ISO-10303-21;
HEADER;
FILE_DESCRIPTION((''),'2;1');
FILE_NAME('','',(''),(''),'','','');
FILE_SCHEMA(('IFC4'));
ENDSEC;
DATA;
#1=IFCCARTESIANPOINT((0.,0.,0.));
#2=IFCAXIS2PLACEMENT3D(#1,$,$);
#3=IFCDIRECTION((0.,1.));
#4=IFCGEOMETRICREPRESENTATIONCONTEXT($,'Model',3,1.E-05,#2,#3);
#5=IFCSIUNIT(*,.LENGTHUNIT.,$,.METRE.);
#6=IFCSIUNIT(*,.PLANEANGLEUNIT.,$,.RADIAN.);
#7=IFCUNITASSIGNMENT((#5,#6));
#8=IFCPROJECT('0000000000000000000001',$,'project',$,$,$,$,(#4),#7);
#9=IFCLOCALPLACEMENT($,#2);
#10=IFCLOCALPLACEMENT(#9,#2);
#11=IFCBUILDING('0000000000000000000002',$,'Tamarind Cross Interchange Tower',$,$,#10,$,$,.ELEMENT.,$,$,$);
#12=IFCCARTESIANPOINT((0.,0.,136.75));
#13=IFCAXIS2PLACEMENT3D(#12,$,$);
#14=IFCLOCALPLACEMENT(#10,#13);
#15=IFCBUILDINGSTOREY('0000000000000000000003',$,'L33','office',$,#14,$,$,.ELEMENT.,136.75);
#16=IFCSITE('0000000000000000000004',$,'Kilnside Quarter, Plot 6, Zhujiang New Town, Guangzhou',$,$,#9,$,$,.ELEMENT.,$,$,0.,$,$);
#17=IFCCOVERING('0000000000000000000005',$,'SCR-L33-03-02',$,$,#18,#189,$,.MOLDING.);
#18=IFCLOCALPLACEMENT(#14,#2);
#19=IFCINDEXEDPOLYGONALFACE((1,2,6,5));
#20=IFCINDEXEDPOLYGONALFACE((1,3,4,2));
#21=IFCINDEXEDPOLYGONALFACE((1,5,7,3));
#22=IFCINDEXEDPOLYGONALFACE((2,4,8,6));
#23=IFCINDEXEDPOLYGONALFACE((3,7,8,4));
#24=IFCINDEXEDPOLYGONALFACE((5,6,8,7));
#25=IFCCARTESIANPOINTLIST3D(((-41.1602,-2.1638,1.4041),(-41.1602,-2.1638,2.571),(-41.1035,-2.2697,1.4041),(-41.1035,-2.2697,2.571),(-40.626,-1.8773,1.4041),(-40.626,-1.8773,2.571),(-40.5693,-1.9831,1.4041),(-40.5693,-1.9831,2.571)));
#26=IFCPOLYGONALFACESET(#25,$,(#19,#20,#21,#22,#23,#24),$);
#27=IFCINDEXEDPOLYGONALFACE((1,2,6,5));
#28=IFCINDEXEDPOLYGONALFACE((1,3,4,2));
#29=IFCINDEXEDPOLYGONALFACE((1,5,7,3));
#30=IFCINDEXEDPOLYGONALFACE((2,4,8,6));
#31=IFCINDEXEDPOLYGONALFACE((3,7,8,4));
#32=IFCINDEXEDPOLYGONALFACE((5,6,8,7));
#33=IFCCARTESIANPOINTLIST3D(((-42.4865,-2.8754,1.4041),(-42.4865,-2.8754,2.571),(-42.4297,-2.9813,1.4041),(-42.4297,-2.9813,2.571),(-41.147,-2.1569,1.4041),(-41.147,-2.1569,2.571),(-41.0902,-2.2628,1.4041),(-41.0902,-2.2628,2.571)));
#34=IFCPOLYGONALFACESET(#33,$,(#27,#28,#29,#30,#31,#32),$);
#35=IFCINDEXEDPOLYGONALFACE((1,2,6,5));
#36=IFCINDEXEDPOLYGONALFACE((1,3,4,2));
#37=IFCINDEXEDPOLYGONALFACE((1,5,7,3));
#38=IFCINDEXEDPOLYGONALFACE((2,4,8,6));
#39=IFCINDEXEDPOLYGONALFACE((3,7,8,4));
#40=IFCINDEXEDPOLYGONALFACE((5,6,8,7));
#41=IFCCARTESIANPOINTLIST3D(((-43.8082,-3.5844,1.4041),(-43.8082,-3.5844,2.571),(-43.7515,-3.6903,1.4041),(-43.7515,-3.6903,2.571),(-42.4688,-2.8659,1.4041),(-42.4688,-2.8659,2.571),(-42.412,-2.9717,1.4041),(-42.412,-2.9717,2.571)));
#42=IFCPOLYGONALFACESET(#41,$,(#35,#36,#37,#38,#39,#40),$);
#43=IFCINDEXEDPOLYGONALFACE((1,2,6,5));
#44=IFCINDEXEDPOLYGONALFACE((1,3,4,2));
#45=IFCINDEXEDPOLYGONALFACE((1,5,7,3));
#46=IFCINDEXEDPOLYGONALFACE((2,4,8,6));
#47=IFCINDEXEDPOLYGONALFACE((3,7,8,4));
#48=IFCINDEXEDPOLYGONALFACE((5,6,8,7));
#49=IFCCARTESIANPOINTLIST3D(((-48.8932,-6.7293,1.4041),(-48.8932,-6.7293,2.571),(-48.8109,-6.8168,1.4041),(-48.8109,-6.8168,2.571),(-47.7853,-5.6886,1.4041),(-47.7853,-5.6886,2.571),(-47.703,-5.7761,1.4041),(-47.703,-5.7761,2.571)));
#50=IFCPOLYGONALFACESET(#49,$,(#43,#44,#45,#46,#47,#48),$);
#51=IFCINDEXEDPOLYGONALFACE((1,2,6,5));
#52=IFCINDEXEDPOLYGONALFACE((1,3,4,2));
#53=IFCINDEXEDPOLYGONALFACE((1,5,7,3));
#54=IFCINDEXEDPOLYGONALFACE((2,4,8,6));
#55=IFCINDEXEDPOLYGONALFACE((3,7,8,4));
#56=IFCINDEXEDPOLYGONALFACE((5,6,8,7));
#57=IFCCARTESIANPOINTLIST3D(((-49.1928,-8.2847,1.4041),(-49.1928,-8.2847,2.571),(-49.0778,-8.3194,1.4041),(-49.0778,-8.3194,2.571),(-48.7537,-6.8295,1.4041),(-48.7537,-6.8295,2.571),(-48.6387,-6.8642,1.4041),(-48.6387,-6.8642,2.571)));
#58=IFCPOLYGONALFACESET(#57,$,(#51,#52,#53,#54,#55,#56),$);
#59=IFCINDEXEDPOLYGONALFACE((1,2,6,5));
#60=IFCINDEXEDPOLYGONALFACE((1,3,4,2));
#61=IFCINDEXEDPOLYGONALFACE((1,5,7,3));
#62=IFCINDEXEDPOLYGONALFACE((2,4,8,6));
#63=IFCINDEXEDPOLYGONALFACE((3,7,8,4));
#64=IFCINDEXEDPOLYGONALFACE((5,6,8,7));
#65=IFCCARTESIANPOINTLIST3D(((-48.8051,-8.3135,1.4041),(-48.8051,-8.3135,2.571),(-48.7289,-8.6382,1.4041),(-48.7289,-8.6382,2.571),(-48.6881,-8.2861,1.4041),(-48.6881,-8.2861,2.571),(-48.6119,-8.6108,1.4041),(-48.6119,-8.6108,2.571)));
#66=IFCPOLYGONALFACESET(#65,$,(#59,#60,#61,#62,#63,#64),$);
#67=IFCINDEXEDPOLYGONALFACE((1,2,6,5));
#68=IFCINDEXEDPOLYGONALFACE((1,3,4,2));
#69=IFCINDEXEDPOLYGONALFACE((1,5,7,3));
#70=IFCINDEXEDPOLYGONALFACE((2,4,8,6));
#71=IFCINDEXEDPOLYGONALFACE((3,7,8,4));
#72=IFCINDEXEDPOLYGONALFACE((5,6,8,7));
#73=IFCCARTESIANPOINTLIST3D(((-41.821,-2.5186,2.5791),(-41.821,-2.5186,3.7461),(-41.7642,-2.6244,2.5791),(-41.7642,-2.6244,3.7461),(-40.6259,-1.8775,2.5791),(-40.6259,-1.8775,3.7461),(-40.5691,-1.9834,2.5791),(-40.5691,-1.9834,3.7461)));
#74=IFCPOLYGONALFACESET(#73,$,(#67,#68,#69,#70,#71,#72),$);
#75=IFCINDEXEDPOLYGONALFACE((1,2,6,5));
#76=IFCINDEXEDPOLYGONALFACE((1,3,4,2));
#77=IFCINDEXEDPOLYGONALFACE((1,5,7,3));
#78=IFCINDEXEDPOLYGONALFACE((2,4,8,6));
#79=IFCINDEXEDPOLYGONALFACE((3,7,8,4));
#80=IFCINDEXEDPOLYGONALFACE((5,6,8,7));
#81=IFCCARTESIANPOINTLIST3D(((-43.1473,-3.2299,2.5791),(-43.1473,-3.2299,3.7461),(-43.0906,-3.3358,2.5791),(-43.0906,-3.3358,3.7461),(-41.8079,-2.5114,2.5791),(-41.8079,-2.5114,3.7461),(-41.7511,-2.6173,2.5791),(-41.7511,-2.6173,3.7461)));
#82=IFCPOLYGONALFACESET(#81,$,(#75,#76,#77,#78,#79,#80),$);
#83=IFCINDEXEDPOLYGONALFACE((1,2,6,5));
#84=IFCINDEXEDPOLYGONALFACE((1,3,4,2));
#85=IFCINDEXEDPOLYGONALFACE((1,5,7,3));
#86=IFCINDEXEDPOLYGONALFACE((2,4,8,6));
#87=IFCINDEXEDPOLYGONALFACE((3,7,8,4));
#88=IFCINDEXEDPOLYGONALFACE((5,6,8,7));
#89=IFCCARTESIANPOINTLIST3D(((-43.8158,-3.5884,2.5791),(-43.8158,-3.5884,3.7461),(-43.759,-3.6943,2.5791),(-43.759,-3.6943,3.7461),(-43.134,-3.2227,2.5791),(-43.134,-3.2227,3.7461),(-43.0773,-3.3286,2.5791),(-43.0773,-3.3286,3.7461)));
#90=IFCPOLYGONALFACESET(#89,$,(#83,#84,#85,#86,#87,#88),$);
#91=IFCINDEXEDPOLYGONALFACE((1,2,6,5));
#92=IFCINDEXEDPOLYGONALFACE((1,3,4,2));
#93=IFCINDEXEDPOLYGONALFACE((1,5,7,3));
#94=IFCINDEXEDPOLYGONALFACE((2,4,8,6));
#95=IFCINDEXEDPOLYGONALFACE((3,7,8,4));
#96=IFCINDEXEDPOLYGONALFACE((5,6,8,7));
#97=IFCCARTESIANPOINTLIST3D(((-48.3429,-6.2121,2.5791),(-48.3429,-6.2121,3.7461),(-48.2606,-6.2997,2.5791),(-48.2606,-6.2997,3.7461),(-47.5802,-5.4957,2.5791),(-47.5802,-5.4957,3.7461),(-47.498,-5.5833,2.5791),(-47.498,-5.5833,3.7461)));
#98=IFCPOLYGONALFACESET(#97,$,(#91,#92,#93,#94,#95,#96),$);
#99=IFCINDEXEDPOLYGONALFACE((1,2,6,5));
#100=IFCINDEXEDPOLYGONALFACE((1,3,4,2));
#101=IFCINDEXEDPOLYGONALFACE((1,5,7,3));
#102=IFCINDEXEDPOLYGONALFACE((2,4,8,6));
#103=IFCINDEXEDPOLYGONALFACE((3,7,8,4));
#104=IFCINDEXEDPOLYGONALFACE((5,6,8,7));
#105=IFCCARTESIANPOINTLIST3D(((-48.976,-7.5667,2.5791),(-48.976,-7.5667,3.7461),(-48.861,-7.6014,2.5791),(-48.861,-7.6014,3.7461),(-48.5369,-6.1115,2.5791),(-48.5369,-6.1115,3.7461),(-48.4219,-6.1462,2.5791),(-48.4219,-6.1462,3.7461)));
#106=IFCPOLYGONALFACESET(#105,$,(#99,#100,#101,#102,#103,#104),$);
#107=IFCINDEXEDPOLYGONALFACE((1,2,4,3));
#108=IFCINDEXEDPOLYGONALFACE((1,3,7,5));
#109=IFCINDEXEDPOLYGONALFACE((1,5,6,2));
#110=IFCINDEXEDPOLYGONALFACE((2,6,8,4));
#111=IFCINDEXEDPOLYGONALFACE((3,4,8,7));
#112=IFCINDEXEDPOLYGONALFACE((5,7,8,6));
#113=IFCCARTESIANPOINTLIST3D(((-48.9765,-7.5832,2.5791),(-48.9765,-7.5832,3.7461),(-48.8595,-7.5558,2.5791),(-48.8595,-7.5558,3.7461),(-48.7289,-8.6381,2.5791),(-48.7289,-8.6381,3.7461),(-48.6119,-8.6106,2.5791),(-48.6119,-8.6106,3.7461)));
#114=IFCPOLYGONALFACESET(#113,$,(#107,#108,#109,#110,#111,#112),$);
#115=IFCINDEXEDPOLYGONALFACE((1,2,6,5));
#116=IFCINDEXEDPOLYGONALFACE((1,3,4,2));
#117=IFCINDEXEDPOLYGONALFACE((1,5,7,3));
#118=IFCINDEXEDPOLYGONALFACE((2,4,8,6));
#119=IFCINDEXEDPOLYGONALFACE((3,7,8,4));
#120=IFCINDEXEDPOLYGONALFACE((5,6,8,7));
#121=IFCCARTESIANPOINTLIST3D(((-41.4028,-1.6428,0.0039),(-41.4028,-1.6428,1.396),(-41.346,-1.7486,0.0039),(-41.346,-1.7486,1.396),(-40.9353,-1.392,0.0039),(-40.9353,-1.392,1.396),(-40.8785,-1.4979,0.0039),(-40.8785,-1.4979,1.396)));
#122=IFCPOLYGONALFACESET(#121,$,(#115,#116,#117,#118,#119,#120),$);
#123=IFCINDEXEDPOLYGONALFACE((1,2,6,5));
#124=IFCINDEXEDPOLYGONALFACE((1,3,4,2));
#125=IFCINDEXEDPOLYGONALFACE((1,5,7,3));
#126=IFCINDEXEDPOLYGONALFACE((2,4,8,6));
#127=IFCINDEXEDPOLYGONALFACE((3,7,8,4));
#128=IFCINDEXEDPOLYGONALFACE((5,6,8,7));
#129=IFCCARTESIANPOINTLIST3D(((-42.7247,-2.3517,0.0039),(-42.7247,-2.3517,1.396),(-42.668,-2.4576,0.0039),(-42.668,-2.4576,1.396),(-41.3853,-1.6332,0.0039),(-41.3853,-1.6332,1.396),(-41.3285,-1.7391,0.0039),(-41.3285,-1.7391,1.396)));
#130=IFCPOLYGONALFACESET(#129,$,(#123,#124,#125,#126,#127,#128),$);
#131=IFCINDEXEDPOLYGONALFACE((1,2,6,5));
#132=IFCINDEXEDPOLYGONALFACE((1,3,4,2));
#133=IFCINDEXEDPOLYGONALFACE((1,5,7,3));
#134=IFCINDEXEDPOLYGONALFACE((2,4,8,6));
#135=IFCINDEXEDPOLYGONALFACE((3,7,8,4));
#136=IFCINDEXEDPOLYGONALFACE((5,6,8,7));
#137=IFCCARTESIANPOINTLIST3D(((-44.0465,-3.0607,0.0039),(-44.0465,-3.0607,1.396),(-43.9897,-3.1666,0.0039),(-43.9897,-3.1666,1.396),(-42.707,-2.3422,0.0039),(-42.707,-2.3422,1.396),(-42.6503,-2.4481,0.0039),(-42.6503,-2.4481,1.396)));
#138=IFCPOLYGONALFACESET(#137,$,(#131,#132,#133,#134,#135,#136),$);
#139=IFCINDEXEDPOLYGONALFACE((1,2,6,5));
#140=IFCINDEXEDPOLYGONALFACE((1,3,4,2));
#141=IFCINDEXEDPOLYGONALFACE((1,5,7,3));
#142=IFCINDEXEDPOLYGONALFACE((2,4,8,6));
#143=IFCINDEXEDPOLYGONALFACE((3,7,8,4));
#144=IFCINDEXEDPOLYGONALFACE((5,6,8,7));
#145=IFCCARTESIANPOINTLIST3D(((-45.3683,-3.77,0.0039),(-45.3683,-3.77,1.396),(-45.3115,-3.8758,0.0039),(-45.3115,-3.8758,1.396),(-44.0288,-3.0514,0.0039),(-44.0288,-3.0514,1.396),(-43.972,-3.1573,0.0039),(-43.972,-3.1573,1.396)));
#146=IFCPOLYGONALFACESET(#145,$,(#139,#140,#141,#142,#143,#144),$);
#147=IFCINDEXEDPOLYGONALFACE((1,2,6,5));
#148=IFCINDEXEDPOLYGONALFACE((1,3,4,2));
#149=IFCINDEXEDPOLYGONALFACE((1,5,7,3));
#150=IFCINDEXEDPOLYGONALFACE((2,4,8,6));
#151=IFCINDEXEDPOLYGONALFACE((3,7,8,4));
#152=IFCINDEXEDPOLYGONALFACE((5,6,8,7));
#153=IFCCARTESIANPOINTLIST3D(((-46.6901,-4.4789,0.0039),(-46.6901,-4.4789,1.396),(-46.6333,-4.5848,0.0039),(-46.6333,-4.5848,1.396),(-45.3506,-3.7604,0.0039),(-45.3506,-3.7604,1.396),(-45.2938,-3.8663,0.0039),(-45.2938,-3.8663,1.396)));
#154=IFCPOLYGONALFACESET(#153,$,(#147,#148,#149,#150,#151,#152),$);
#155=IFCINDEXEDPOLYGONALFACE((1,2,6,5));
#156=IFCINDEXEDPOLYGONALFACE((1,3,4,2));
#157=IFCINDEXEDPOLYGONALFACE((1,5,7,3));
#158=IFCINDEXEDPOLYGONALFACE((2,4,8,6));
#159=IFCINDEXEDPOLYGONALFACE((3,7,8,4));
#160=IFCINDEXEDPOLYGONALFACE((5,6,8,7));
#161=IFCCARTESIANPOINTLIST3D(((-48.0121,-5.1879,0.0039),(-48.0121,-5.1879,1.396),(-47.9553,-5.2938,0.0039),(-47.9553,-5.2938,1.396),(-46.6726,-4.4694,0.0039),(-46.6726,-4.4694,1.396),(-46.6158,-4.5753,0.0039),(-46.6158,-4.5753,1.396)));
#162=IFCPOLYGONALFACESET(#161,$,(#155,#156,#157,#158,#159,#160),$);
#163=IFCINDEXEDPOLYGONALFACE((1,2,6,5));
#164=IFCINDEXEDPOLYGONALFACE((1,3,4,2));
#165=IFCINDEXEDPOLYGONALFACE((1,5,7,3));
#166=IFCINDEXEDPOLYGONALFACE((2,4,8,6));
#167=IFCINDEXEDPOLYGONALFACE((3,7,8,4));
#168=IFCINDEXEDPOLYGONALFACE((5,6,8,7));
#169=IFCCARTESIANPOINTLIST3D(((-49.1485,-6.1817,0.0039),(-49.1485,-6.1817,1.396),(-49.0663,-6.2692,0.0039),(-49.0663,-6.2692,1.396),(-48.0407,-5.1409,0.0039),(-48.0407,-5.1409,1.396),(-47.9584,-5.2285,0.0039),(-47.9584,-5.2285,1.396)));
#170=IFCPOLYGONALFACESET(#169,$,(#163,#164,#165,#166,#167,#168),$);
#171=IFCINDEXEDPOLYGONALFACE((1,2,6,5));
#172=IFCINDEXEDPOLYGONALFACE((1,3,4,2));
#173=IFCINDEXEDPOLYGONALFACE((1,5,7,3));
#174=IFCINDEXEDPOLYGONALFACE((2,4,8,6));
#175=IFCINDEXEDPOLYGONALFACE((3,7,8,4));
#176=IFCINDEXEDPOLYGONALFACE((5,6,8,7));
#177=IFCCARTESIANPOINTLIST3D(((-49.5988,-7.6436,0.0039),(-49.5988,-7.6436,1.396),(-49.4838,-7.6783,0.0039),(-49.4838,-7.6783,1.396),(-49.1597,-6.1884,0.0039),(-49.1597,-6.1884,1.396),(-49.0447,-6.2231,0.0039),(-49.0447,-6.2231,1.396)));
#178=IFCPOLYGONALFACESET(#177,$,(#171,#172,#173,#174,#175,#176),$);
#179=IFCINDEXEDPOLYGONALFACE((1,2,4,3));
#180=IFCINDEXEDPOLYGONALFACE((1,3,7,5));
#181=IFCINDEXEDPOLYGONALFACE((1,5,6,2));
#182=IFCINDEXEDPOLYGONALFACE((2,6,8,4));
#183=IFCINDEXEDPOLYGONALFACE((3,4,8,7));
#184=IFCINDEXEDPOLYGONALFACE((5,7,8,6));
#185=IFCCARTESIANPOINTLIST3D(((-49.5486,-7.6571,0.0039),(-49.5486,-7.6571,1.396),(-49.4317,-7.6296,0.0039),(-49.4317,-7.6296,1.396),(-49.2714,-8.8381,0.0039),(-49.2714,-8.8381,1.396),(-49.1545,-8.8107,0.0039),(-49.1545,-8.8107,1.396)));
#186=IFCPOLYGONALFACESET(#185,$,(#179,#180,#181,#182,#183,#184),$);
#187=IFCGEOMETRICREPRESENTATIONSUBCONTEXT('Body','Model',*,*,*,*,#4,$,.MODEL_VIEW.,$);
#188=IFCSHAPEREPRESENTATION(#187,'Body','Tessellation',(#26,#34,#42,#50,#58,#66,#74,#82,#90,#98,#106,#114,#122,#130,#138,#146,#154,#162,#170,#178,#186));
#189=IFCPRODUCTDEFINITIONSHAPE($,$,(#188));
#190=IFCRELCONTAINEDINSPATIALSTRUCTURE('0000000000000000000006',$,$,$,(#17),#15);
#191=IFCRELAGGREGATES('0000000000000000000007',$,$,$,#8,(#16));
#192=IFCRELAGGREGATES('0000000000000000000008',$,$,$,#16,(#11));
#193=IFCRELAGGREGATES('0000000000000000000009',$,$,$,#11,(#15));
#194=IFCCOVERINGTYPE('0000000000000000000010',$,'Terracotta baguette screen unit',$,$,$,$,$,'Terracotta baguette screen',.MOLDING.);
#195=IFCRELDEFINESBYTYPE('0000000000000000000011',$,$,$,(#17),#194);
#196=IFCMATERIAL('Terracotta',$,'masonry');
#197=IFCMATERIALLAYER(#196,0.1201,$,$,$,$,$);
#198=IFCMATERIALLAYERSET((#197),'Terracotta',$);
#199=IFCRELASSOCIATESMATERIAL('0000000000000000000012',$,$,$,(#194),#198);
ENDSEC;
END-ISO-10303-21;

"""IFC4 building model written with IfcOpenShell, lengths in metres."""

from ifc_helpers import new_model, si_unit, direction, frame, origin, origin_2d, place, context, subcontext, project, spatial, rectangle, extrude, material, layer, layer_set, type_object, element, save


model = new_model("IFC4")

# Units and contexts
model_context = context("Model", 3, precision=1e-05, world=origin(), true_north=direction((0.0, 1.0)))
body_context = subcontext(model_context, "Body", "Model", "MODEL_VIEW")
ifc_project = project(units=[si_unit("LENGTHUNIT", "METRE"), si_unit("PLANEANGLEUNIT", "RADIAN")], contexts=[model_context])

# Site, building, storey
site_placement = place(None, origin())
site = spatial("IfcSite", under=ifc_project, at=site_placement, Name="Kilnside Quarter, Plot 6, Zhujiang New Town, Guangzhou", CompositionType="ELEMENT", RefElevation=0.0)
building_placement = place(site_placement, origin())
building = spatial("IfcBuilding", under=site, at=building_placement, Name="Tamarind Cross Interchange Tower", CompositionType="ELEMENT")
storey_placement = place(building_placement, frame((0.0, 0.0, 136.75)))
storey = spatial("IfcBuildingStorey", under=building, at=storey_placement, Name="L33", Description="office", CompositionType="ELEMENT", Elevation=136.75)

# Covering
ifc_material_1 = material(Name="Terracotta", Category="masonry")
ifc_layer_1 = layer(ifc_material_1, 0.1201)
ifc_layer_set_1 = layer_set([ifc_layer_1], Name="Terracotta")
covering_type = type_object("IfcCoveringType", Name="Terracotta baguette screen unit", ElementType="Terracotta baguette screen", PredefinedType="MOLDING", material=ifc_layer_set_1)
covering_1_placement = place(storey_placement, origin())
element("IfcCovering", 1, at=covering_1_placement, inside=storey, type_object=covering_type, Name="SCR-L33-03-02", PredefinedType="MOLDING", context=body_context, shape_type="SweptSolid", body=[
    extrude(rectangle(XDim=0.6062, YDim=0.1201, at=origin_2d()), frame((-40.8647, -2.0735, 1.4041), z_axis=(0.0, 0.0, 1.0), x_axis=(-0.881224, -0.472698, 0.0)), (0.0, 0.0, 1.0), 1.167),
    extrude(rectangle(XDim=1.52, YDim=0.1201, at=origin_2d()), frame((-41.7883, -2.5691, 1.4041), z_axis=(0.0, 0.0, 1.0), x_axis=(-0.881224, -0.472698, 0.0)), (0.0, 0.0, 1.0), 1.167),
    extrude(rectangle(XDim=1.52, YDim=0.1201, at=origin_2d()), frame((-43.1101, -3.2781, 1.4041), z_axis=(0.0, 0.0, 1.0), x_axis=(-0.881224, -0.472698, 0.0)), (0.0, 0.0, 1.0), 1.167),
    extrude(rectangle(XDim=1.52, YDim=0.1201, at=origin_2d()), frame((-48.2981, -6.2527, 1.4041), z_axis=(0.0, 0.0, 1.0), x_axis=(-0.728854, -0.684669, 0.0)), (0.0, 0.0, 1.0), 1.167),
    extrude(rectangle(XDim=1.52, YDim=0.1201, at=origin_2d()), frame((-48.9158, -7.5745, 1.4041), z_axis=(0.0, 0.0, 1.0), x_axis=(-0.288871, -0.957368, 0.0)), (0.0, 0.0, 1.0), 1.167),
    extrude(rectangle(XDim=0.3335, YDim=0.1201, at=origin_2d()), frame((-48.7085, -8.4622, 1.4041), z_axis=(0.0, 0.0, 1.0), x_axis=(0.228514, -0.973541, 0.0)), (0.0, 0.0, 1.0), 1.167),
    extrude(rectangle(XDim=1.3562, YDim=0.1201, at=origin_2d()), frame((-41.1951, -2.251, 2.5791), z_axis=(0.0, 0.0, 1.0), x_axis=(-0.881224, -0.472698, 0.0)), (0.0, 0.0, 1.0), 1.167),
    extrude(rectangle(XDim=1.52, YDim=0.1201, at=origin_2d()), frame((-42.4492, -2.9236, 2.5791), z_axis=(0.0, 0.0, 1.0), x_axis=(-0.881224, -0.472698, 0.0)), (0.0, 0.0, 1.0), 1.167),
    extrude(rectangle(XDim=0.7737, YDim=0.1201, at=origin_2d()), frame((-43.4465, -3.4585, 2.5791), z_axis=(0.0, 0.0, 1.0), x_axis=(-0.881224, -0.472698, 0.0)), (0.0, 0.0, 1.0), 1.167),
    extrude(rectangle(XDim=1.0464, YDim=0.1201, at=origin_2d()), frame((-47.9204, -5.8977, 2.5791), z_axis=(0.0, 0.0, 1.0), x_axis=(-0.728854, -0.684669, 0.0)), (0.0, 0.0, 1.0), 1.167),
    extrude(rectangle(XDim=1.52, YDim=0.1201, at=origin_2d()), frame((-48.699, -6.8564, 2.5791), z_axis=(0.0, 0.0, 1.0), x_axis=(-0.288871, -0.957368, 0.0)), (0.0, 0.0, 1.0), 1.167),
    extrude(rectangle(XDim=1.0835, YDim=0.1201, at=origin_2d()), frame((-48.7942, -8.0969, 2.5791), z_axis=(0.0, 0.0, 1.0), x_axis=(0.228514, -0.973541, 0.0)), (0.0, 0.0, 1.0), 1.167),
    extrude(rectangle(XDim=0.5305, YDim=0.1201, at=origin_2d()), frame((-41.1406, -1.5703, 0.0039), z_axis=(0.0, 0.0, 1.0), x_axis=(-0.881224, -0.472698, 0.0)), (0.0, 0.0, 1.0), 1.3921),
    extrude(rectangle(XDim=1.52, YDim=0.1201, at=origin_2d()), frame((-42.0266, -2.0454, 0.0039), z_axis=(0.0, 0.0, 1.0), x_axis=(-0.881224, -0.472698, 0.0)), (0.0, 0.0, 1.0), 1.3921),
    extrude(rectangle(XDim=1.52, YDim=0.1201, at=origin_2d()), frame((-43.3484, -2.7544, 0.0039), z_axis=(0.0, 0.0, 1.0), x_axis=(-0.881224, -0.472698, 0.0)), (0.0, 0.0, 1.0), 1.3921),
    extrude(rectangle(XDim=1.52, YDim=0.1201, at=origin_2d()), frame((-44.6702, -3.4636, 0.0039), z_axis=(0.0, 0.0, 1.0), x_axis=(-0.881224, -0.472698, 0.0)), (0.0, 0.0, 1.0), 1.3921),
    extrude(rectangle(XDim=1.52, YDim=0.1201, at=origin_2d()), frame((-45.9919, -4.1726, 0.0039), z_axis=(0.0, 0.0, 1.0), x_axis=(-0.881224, -0.472698, 0.0)), (0.0, 0.0, 1.0), 1.3921),
    extrude(rectangle(XDim=1.52, YDim=0.1201, at=origin_2d()), frame((-47.314, -4.8816, 0.0039), z_axis=(0.0, 0.0, 1.0), x_axis=(-0.881224, -0.472698, 0.0)), (0.0, 0.0, 1.0), 1.3921),
    extrude(rectangle(XDim=1.52, YDim=0.1201, at=origin_2d()), frame((-48.5535, -5.7051, 0.0039), z_axis=(0.0, 0.0, 1.0), x_axis=(-0.728854, -0.684669, 0.0)), (0.0, 0.0, 1.0), 1.3921),
    extrude(rectangle(XDim=1.52, YDim=0.1201, at=origin_2d()), frame((-49.3218, -6.9333, 0.0039), z_axis=(0.0, 0.0, 1.0), x_axis=(-0.288871, -0.957368, 0.0)), (0.0, 0.0, 1.0), 1.3921),
    extrude(rectangle(XDim=1.2131, YDim=0.1201, at=origin_2d()), frame((-49.3516, -8.2339, 0.0039), z_axis=(0.0, 0.0, 1.0), x_axis=(0.228514, -0.973541, 0.0)), (0.0, 0.0, 1.0), 1.3921),
])

save(model, "model.ifc")
